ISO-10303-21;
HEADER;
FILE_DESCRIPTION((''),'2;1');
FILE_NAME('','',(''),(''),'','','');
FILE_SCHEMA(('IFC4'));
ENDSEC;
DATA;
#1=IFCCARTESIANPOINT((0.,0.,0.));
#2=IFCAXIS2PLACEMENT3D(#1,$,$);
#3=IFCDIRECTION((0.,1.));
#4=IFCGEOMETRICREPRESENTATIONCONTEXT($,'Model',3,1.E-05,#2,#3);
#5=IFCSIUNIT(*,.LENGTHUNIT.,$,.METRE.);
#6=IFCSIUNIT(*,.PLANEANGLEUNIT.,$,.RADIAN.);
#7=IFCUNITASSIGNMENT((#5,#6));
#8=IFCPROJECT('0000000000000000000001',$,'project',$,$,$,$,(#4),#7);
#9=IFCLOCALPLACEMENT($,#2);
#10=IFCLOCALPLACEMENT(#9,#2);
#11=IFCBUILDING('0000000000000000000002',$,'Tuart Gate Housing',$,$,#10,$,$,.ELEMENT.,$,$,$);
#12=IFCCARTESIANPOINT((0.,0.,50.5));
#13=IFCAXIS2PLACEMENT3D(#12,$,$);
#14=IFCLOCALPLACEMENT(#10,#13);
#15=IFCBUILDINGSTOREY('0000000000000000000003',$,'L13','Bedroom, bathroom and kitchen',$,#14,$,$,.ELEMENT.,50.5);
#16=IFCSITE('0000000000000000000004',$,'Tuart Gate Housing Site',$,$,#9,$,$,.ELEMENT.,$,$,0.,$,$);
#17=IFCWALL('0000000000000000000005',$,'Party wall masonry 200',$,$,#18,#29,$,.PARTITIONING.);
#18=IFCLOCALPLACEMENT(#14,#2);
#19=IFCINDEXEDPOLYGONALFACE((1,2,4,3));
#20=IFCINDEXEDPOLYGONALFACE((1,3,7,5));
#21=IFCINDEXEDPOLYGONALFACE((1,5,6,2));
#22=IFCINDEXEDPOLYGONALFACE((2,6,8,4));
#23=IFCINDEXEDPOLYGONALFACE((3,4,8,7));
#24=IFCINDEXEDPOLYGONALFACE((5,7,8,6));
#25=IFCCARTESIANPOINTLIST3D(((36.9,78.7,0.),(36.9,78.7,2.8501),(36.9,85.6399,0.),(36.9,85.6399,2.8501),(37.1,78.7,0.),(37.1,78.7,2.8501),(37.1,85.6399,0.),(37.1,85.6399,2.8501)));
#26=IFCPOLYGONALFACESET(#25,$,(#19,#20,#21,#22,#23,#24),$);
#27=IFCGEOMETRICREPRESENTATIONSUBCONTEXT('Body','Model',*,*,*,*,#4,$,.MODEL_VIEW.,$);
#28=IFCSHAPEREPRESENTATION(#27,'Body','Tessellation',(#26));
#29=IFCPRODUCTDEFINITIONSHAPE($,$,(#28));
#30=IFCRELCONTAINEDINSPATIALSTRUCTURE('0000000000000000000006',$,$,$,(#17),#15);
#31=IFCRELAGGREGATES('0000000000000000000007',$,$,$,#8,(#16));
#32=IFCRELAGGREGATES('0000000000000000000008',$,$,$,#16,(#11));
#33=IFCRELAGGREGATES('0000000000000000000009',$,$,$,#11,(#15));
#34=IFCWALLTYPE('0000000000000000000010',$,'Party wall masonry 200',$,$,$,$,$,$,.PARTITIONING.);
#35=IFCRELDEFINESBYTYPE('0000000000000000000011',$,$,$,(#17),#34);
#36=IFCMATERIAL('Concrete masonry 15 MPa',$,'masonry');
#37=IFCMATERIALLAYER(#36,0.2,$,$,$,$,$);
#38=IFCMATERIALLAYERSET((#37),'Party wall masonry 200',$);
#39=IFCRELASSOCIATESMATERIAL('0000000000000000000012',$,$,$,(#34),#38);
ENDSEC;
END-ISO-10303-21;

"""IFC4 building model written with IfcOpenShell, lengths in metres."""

from ifc_helpers import new_model, si_unit, direction, frame, frame_2d, origin, place, context, subcontext, project, spatial, rectangle, extrude, material, layer, layer_set, type_object, element, save


model = new_model("IFC4")

# Units and contexts
model_context = context("Model", 3, precision=1e-05, world=origin(), true_north=direction((0.0, 1.0)))
body_context = subcontext(model_context, "Body", "Model", "MODEL_VIEW")
ifc_project = project(units=[si_unit("LENGTHUNIT", "METRE"), si_unit("PLANEANGLEUNIT", "RADIAN")], contexts=[model_context])

# Site, building, storey
site_placement = place(None, origin())
site = spatial("IfcSite", under=ifc_project, at=site_placement, Name="Tuart Gate Housing Site", CompositionType="ELEMENT", RefElevation=0.0)
building_placement = place(site_placement, origin())
building = spatial("IfcBuilding", under=site, at=building_placement, Name="Tuart Gate Housing", CompositionType="ELEMENT")
storey_placement = place(building_placement, frame((0.0, 0.0, 50.5)))
storey = spatial("IfcBuildingStorey", under=building, at=storey_placement, Name="L13", Description="Bedroom, bathroom and kitchen", CompositionType="ELEMENT", Elevation=50.5)

# Wall
ifc_material_1 = material(Name="Concrete masonry 15 MPa", Category="masonry")
ifc_layer_1 = layer(ifc_material_1, 0.2)
ifc_layer_set_1 = layer_set([ifc_layer_1], Name="Party wall masonry 200")
wall_type_1 = type_object("IfcWallType", Name="Party wall masonry 200", PredefinedType="PARTITIONING", material=ifc_layer_set_1)
wall_1_placement = place(storey_placement, frame((37.0, 78.7, 0.0), z_axis=(0.0, 0.0, 1.0), x_axis=(0.0, 1.0, 0.0)))
element("IfcWall", 1, at=wall_1_placement, inside=storey, type_object=wall_type_1, Name="Party wall masonry 200", PredefinedType="PARTITIONING", context=body_context, shape_type="SweptSolid", body=[
    extrude(rectangle(XDim=6.9399, YDim=0.2, at=frame_2d((3.47, 0.0))), origin(), (0.0, 0.0, 1.0), 2.8501),
])

save(model, "model.ifc")
